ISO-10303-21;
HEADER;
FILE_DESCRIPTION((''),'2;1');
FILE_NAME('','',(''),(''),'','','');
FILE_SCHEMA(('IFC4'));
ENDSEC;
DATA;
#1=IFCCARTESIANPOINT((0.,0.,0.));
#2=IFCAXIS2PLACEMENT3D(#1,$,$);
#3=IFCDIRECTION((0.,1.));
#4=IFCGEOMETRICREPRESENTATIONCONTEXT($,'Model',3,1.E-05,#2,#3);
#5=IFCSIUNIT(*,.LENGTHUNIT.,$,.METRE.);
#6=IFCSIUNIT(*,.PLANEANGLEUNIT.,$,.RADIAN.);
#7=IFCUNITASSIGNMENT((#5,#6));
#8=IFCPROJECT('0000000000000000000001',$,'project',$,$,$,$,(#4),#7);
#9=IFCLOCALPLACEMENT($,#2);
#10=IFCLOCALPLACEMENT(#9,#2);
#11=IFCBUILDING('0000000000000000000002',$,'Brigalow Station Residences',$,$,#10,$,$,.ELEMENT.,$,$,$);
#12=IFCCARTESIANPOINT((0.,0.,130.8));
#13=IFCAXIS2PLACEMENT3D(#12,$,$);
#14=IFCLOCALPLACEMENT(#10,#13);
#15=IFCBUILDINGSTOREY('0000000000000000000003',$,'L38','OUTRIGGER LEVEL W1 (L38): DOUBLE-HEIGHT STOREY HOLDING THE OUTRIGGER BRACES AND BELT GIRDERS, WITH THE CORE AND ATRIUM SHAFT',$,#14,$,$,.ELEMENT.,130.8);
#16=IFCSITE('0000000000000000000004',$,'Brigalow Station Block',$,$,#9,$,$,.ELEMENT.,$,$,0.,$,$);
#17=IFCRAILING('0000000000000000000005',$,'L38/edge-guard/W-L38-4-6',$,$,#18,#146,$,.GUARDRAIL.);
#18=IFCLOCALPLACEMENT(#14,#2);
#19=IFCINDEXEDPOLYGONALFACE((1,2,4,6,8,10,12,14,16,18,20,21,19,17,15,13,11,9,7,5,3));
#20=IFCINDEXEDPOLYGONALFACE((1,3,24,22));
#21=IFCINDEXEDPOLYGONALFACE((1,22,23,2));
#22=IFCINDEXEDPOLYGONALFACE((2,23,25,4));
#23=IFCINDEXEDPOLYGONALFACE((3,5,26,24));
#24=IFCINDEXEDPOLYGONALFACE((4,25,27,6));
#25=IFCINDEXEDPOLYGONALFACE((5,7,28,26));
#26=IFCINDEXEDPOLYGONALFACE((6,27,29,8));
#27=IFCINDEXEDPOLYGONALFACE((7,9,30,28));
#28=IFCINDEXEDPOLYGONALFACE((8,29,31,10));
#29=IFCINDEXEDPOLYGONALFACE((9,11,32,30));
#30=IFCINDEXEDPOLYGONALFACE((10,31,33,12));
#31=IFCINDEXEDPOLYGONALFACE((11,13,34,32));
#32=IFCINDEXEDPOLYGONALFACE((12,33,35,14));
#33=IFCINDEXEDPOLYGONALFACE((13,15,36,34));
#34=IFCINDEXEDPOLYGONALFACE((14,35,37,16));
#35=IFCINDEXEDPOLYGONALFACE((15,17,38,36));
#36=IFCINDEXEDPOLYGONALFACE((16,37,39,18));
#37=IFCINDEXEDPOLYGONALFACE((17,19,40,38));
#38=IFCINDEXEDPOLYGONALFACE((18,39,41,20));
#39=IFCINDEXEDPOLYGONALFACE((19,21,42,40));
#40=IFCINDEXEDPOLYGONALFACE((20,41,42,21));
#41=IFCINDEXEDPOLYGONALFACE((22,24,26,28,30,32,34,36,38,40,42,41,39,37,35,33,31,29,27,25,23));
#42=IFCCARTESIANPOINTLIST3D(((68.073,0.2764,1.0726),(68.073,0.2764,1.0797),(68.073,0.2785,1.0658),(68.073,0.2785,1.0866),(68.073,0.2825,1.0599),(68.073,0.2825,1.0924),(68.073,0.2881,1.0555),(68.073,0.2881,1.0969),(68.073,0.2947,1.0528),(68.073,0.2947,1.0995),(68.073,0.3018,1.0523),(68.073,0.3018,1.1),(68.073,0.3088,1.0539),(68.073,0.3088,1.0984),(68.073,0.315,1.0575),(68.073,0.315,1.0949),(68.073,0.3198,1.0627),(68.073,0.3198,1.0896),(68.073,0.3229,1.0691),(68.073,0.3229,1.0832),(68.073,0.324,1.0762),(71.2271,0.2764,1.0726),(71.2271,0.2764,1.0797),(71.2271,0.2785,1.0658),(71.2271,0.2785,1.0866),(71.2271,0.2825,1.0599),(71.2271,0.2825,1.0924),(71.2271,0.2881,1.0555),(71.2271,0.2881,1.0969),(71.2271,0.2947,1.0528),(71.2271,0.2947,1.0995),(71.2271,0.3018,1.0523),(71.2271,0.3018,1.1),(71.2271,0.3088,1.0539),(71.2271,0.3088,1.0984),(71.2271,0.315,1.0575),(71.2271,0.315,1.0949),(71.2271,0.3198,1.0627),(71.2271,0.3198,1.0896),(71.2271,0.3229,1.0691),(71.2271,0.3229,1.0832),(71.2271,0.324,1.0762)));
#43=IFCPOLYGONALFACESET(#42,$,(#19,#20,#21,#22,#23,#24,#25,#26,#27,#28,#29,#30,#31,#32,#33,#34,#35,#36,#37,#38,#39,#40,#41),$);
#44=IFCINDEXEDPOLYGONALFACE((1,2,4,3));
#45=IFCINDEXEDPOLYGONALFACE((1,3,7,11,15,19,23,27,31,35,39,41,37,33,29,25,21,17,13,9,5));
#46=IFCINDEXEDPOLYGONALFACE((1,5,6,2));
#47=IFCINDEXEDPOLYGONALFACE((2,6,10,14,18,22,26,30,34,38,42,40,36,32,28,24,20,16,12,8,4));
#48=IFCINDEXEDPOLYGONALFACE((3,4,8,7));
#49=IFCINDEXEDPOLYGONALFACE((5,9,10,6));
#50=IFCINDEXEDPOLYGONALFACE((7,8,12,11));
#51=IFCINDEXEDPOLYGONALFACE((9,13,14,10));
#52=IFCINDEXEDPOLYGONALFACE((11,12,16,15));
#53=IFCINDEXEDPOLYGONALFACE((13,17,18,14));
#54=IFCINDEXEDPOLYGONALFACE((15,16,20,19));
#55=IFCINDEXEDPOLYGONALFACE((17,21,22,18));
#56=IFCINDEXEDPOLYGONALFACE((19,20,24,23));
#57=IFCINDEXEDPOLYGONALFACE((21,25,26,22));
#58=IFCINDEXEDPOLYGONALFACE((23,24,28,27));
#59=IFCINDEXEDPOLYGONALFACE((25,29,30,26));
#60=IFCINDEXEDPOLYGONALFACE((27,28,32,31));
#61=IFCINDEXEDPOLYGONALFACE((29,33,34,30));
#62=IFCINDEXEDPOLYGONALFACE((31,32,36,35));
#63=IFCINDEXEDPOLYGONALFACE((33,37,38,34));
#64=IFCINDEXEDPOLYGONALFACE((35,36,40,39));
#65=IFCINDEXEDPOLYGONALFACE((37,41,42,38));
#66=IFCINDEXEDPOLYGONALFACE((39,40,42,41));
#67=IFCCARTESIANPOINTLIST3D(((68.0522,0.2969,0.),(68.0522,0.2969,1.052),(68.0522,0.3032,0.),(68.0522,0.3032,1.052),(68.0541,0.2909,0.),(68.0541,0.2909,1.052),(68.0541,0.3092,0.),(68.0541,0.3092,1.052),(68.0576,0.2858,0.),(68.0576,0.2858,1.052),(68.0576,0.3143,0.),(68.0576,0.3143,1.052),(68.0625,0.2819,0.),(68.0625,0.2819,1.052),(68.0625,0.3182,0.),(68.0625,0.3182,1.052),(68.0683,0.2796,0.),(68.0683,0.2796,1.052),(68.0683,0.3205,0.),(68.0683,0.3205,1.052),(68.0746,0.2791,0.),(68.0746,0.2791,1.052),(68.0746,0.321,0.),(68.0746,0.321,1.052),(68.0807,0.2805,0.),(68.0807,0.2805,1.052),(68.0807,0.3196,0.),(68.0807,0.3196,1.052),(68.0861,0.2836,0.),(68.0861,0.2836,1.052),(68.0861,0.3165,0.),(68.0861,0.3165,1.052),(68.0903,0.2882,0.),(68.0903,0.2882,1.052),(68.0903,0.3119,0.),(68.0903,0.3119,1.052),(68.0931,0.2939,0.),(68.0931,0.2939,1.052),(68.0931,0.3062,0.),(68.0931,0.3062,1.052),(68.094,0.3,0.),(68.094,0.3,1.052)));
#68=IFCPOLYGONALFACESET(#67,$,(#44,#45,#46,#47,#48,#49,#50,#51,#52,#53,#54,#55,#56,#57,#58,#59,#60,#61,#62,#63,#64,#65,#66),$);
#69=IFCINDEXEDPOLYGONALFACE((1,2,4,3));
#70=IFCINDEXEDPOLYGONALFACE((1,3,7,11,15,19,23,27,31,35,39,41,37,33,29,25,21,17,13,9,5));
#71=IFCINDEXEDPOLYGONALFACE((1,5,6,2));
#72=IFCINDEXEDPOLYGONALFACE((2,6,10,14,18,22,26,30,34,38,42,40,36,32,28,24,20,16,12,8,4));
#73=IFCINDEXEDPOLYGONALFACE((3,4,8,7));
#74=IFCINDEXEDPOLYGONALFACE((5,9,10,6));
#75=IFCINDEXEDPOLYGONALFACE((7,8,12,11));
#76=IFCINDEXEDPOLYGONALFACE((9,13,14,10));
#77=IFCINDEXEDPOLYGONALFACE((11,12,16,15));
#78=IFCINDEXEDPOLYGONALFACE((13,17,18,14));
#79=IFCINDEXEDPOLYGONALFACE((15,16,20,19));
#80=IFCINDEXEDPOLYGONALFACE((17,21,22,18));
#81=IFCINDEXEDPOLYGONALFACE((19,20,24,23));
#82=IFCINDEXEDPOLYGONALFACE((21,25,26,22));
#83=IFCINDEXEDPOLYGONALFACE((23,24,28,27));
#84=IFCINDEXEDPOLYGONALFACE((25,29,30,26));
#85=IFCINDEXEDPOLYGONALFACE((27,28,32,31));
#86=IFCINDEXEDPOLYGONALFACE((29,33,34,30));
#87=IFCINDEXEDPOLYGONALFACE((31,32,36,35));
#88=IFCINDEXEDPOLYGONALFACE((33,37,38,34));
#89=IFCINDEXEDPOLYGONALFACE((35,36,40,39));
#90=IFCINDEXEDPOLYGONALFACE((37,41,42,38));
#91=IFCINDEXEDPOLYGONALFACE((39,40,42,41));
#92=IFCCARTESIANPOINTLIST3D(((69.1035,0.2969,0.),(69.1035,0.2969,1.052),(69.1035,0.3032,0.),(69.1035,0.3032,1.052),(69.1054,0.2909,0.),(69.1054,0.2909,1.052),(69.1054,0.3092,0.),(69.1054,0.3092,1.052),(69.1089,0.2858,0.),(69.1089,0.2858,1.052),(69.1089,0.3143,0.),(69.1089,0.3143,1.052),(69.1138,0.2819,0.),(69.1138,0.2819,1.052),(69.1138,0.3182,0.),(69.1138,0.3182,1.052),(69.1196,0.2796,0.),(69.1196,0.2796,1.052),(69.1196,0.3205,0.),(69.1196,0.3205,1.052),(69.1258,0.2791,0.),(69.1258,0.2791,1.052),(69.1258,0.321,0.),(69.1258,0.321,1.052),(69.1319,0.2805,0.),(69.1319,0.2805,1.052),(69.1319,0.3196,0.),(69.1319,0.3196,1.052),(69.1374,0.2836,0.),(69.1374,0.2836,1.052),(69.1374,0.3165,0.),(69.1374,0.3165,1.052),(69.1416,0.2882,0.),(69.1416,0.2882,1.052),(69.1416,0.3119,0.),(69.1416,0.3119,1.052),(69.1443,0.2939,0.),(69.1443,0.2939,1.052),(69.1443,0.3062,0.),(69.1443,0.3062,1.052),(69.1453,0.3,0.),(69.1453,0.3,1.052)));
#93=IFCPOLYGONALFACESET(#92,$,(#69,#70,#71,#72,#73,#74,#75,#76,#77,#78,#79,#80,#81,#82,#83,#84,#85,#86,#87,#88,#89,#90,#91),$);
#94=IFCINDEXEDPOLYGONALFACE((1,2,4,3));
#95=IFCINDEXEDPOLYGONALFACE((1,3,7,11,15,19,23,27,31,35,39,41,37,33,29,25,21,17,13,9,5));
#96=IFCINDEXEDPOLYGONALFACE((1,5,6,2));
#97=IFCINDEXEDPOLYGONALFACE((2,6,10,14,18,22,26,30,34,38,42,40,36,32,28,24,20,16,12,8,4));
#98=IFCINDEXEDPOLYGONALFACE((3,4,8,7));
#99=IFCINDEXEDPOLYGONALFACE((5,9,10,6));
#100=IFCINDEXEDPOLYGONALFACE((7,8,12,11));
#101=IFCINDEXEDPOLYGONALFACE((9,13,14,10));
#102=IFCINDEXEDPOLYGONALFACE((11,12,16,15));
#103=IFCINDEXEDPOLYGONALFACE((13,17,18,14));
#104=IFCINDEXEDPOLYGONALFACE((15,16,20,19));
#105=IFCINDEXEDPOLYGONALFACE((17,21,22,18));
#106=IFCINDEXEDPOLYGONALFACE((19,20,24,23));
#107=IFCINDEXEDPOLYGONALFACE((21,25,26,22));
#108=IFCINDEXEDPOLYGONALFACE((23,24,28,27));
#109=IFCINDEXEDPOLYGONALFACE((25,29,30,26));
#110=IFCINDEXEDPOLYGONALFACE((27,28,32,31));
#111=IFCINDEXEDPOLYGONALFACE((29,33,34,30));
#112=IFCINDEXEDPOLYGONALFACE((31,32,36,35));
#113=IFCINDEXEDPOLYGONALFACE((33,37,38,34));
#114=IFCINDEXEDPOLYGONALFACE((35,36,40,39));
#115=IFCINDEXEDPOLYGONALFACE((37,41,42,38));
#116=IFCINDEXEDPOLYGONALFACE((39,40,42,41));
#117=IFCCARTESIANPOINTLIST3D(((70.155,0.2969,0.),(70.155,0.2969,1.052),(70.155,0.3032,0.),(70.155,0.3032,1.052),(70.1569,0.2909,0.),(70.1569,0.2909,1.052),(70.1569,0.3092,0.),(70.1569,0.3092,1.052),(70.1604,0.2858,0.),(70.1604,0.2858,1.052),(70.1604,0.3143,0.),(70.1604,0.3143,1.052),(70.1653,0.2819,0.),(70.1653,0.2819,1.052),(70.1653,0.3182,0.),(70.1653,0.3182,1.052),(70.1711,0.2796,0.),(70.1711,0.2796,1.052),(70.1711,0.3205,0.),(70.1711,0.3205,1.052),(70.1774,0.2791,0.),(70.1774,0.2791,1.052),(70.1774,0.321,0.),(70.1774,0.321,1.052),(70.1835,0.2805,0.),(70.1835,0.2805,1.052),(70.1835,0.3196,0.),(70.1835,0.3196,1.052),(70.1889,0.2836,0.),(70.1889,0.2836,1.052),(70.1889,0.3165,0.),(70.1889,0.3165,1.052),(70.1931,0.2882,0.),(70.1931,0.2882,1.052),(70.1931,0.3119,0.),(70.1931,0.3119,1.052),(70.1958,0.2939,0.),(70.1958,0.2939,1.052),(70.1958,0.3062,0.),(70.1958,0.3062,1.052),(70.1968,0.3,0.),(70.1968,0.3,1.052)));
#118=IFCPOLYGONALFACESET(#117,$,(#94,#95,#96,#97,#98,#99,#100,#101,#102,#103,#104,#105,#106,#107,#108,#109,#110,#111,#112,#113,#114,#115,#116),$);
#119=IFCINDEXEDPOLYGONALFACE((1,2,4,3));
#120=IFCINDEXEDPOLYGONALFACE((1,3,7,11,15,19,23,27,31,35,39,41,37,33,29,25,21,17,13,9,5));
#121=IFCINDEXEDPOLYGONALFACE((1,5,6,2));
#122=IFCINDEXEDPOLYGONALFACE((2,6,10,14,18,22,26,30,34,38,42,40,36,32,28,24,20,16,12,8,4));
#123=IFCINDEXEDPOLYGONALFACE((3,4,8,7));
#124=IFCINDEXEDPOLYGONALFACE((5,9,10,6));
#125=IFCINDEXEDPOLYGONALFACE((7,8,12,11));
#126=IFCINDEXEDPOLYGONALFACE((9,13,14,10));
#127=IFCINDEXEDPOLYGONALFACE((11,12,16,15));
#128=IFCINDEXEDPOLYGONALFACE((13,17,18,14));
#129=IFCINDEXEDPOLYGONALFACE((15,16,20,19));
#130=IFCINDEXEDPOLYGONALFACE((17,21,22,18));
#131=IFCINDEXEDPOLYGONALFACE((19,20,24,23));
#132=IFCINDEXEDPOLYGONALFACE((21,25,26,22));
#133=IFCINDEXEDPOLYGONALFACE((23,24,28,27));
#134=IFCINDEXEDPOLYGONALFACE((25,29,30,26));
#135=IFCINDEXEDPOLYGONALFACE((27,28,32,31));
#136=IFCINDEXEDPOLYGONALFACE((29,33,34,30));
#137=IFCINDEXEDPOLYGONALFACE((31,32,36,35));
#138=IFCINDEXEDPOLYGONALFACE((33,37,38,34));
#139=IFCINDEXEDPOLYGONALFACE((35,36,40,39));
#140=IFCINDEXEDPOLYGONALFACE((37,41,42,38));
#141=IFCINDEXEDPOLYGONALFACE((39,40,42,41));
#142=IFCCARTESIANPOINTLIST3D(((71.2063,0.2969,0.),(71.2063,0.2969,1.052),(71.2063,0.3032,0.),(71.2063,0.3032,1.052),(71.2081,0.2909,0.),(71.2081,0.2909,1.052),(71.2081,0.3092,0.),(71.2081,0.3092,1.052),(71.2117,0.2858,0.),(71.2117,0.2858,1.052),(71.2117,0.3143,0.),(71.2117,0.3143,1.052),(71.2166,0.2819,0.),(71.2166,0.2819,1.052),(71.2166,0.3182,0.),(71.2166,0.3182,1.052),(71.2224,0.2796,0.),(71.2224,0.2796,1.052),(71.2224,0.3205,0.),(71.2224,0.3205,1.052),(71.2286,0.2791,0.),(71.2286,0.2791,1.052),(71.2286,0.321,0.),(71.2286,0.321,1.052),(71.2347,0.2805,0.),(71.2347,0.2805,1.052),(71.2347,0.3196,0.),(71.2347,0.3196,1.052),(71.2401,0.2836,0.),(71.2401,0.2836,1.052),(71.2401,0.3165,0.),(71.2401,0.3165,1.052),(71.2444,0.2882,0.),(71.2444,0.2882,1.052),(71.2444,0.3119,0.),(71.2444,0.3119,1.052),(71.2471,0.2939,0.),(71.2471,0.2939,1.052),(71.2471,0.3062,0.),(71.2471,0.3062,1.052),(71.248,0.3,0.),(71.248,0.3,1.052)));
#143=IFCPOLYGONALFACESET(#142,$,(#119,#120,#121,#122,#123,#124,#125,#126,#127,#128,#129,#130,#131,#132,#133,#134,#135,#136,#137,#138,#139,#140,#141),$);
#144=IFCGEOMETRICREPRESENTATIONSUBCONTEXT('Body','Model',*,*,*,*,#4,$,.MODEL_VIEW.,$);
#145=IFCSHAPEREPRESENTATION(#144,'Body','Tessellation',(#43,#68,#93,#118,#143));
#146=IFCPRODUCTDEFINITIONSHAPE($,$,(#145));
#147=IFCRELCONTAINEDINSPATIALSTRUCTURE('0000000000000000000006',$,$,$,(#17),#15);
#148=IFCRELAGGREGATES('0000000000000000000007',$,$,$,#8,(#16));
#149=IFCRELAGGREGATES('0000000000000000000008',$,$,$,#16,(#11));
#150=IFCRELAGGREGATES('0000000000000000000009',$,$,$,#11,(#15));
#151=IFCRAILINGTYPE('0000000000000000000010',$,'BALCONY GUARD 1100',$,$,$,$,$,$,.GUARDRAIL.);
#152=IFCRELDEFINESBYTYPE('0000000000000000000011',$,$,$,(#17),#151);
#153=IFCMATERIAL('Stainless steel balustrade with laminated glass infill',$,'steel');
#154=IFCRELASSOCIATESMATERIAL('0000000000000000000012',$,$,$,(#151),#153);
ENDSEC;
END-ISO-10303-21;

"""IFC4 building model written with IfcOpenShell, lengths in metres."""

from ifc_helpers import new_model, si_unit, direction, frame, origin, origin_2d, place, context, subcontext, project, spatial, circle, extrude, material, type_object, element, save


model = new_model("IFC4")

# Units and contexts
model_context = context("Model", 3, precision=1e-05, world=origin(), true_north=direction((0.0, 1.0)))
body_context = subcontext(model_context, "Body", "Model", "MODEL_VIEW")
ifc_project = project(units=[si_unit("LENGTHUNIT", "METRE"), si_unit("PLANEANGLEUNIT", "RADIAN")], contexts=[model_context])

# Site, building, storey
site_placement = place(None, origin())
site = spatial("IfcSite", under=ifc_project, at=site_placement, Name="Brigalow Station Block", CompositionType="ELEMENT", RefElevation=0.0)
building_placement = place(site_placement, origin())
building = spatial("IfcBuilding", under=site, at=building_placement, Name="Brigalow Station Residences", CompositionType="ELEMENT")
storey_placement = place(building_placement, frame((0.0, 0.0, 130.8)))
storey = spatial("IfcBuildingStorey", under=building, at=storey_placement, Name="L38", Description="OUTRIGGER LEVEL W1 (L38): DOUBLE-HEIGHT STOREY HOLDING THE OUTRIGGER BRACES AND BELT GIRDERS, WITH THE CORE AND ATRIUM SHAFT", CompositionType="ELEMENT", Elevation=130.8)

# Railing
ifc_material_1 = material(Name="Stainless steel balustrade with laminated glass infill", Category="steel")
railing_type = type_object("IfcRailingType", Name="BALCONY GUARD 1100", PredefinedType="GUARDRAIL", material=ifc_material_1)
railing_1_placement = place(storey_placement, frame((68.073, 0.3, 0.0)))
element("IfcRailing", 1, at=railing_1_placement, inside=storey, type_object=railing_type, Name="L38/edge-guard/W-L38-4-6", PredefinedType="GUARDRAIL", context=body_context, shape_type="SweptSolid", body=[
    extrude(circle(Radius=0.0239, at=origin_2d()), frame((0.0, 0.0, 1.0762), z_axis=(1.0, 0.0, 0.0), x_axis=(0.0, 1.0, 0.0)), (0.0, 0.0, 1.0), 3.1541),
    extrude(circle(Radius=0.021, at=origin_2d()), origin(), (0.0, 0.0, 1.0), 1.052),
    extrude(circle(Radius=0.021, at=origin_2d()), frame((1.0513, 0.0, 0.0)), (0.0, 0.0, 1.0), 1.052),
    extrude(circle(Radius=0.021, at=origin_2d()), frame((2.1028, 0.0, 0.0)), (0.0, 0.0, 1.0), 1.052),
    extrude(circle(Radius=0.021, at=origin_2d()), frame((3.1541, 0.0, 0.0)), (0.0, 0.0, 1.0), 1.052),
])

save(model, "model.ifc")
